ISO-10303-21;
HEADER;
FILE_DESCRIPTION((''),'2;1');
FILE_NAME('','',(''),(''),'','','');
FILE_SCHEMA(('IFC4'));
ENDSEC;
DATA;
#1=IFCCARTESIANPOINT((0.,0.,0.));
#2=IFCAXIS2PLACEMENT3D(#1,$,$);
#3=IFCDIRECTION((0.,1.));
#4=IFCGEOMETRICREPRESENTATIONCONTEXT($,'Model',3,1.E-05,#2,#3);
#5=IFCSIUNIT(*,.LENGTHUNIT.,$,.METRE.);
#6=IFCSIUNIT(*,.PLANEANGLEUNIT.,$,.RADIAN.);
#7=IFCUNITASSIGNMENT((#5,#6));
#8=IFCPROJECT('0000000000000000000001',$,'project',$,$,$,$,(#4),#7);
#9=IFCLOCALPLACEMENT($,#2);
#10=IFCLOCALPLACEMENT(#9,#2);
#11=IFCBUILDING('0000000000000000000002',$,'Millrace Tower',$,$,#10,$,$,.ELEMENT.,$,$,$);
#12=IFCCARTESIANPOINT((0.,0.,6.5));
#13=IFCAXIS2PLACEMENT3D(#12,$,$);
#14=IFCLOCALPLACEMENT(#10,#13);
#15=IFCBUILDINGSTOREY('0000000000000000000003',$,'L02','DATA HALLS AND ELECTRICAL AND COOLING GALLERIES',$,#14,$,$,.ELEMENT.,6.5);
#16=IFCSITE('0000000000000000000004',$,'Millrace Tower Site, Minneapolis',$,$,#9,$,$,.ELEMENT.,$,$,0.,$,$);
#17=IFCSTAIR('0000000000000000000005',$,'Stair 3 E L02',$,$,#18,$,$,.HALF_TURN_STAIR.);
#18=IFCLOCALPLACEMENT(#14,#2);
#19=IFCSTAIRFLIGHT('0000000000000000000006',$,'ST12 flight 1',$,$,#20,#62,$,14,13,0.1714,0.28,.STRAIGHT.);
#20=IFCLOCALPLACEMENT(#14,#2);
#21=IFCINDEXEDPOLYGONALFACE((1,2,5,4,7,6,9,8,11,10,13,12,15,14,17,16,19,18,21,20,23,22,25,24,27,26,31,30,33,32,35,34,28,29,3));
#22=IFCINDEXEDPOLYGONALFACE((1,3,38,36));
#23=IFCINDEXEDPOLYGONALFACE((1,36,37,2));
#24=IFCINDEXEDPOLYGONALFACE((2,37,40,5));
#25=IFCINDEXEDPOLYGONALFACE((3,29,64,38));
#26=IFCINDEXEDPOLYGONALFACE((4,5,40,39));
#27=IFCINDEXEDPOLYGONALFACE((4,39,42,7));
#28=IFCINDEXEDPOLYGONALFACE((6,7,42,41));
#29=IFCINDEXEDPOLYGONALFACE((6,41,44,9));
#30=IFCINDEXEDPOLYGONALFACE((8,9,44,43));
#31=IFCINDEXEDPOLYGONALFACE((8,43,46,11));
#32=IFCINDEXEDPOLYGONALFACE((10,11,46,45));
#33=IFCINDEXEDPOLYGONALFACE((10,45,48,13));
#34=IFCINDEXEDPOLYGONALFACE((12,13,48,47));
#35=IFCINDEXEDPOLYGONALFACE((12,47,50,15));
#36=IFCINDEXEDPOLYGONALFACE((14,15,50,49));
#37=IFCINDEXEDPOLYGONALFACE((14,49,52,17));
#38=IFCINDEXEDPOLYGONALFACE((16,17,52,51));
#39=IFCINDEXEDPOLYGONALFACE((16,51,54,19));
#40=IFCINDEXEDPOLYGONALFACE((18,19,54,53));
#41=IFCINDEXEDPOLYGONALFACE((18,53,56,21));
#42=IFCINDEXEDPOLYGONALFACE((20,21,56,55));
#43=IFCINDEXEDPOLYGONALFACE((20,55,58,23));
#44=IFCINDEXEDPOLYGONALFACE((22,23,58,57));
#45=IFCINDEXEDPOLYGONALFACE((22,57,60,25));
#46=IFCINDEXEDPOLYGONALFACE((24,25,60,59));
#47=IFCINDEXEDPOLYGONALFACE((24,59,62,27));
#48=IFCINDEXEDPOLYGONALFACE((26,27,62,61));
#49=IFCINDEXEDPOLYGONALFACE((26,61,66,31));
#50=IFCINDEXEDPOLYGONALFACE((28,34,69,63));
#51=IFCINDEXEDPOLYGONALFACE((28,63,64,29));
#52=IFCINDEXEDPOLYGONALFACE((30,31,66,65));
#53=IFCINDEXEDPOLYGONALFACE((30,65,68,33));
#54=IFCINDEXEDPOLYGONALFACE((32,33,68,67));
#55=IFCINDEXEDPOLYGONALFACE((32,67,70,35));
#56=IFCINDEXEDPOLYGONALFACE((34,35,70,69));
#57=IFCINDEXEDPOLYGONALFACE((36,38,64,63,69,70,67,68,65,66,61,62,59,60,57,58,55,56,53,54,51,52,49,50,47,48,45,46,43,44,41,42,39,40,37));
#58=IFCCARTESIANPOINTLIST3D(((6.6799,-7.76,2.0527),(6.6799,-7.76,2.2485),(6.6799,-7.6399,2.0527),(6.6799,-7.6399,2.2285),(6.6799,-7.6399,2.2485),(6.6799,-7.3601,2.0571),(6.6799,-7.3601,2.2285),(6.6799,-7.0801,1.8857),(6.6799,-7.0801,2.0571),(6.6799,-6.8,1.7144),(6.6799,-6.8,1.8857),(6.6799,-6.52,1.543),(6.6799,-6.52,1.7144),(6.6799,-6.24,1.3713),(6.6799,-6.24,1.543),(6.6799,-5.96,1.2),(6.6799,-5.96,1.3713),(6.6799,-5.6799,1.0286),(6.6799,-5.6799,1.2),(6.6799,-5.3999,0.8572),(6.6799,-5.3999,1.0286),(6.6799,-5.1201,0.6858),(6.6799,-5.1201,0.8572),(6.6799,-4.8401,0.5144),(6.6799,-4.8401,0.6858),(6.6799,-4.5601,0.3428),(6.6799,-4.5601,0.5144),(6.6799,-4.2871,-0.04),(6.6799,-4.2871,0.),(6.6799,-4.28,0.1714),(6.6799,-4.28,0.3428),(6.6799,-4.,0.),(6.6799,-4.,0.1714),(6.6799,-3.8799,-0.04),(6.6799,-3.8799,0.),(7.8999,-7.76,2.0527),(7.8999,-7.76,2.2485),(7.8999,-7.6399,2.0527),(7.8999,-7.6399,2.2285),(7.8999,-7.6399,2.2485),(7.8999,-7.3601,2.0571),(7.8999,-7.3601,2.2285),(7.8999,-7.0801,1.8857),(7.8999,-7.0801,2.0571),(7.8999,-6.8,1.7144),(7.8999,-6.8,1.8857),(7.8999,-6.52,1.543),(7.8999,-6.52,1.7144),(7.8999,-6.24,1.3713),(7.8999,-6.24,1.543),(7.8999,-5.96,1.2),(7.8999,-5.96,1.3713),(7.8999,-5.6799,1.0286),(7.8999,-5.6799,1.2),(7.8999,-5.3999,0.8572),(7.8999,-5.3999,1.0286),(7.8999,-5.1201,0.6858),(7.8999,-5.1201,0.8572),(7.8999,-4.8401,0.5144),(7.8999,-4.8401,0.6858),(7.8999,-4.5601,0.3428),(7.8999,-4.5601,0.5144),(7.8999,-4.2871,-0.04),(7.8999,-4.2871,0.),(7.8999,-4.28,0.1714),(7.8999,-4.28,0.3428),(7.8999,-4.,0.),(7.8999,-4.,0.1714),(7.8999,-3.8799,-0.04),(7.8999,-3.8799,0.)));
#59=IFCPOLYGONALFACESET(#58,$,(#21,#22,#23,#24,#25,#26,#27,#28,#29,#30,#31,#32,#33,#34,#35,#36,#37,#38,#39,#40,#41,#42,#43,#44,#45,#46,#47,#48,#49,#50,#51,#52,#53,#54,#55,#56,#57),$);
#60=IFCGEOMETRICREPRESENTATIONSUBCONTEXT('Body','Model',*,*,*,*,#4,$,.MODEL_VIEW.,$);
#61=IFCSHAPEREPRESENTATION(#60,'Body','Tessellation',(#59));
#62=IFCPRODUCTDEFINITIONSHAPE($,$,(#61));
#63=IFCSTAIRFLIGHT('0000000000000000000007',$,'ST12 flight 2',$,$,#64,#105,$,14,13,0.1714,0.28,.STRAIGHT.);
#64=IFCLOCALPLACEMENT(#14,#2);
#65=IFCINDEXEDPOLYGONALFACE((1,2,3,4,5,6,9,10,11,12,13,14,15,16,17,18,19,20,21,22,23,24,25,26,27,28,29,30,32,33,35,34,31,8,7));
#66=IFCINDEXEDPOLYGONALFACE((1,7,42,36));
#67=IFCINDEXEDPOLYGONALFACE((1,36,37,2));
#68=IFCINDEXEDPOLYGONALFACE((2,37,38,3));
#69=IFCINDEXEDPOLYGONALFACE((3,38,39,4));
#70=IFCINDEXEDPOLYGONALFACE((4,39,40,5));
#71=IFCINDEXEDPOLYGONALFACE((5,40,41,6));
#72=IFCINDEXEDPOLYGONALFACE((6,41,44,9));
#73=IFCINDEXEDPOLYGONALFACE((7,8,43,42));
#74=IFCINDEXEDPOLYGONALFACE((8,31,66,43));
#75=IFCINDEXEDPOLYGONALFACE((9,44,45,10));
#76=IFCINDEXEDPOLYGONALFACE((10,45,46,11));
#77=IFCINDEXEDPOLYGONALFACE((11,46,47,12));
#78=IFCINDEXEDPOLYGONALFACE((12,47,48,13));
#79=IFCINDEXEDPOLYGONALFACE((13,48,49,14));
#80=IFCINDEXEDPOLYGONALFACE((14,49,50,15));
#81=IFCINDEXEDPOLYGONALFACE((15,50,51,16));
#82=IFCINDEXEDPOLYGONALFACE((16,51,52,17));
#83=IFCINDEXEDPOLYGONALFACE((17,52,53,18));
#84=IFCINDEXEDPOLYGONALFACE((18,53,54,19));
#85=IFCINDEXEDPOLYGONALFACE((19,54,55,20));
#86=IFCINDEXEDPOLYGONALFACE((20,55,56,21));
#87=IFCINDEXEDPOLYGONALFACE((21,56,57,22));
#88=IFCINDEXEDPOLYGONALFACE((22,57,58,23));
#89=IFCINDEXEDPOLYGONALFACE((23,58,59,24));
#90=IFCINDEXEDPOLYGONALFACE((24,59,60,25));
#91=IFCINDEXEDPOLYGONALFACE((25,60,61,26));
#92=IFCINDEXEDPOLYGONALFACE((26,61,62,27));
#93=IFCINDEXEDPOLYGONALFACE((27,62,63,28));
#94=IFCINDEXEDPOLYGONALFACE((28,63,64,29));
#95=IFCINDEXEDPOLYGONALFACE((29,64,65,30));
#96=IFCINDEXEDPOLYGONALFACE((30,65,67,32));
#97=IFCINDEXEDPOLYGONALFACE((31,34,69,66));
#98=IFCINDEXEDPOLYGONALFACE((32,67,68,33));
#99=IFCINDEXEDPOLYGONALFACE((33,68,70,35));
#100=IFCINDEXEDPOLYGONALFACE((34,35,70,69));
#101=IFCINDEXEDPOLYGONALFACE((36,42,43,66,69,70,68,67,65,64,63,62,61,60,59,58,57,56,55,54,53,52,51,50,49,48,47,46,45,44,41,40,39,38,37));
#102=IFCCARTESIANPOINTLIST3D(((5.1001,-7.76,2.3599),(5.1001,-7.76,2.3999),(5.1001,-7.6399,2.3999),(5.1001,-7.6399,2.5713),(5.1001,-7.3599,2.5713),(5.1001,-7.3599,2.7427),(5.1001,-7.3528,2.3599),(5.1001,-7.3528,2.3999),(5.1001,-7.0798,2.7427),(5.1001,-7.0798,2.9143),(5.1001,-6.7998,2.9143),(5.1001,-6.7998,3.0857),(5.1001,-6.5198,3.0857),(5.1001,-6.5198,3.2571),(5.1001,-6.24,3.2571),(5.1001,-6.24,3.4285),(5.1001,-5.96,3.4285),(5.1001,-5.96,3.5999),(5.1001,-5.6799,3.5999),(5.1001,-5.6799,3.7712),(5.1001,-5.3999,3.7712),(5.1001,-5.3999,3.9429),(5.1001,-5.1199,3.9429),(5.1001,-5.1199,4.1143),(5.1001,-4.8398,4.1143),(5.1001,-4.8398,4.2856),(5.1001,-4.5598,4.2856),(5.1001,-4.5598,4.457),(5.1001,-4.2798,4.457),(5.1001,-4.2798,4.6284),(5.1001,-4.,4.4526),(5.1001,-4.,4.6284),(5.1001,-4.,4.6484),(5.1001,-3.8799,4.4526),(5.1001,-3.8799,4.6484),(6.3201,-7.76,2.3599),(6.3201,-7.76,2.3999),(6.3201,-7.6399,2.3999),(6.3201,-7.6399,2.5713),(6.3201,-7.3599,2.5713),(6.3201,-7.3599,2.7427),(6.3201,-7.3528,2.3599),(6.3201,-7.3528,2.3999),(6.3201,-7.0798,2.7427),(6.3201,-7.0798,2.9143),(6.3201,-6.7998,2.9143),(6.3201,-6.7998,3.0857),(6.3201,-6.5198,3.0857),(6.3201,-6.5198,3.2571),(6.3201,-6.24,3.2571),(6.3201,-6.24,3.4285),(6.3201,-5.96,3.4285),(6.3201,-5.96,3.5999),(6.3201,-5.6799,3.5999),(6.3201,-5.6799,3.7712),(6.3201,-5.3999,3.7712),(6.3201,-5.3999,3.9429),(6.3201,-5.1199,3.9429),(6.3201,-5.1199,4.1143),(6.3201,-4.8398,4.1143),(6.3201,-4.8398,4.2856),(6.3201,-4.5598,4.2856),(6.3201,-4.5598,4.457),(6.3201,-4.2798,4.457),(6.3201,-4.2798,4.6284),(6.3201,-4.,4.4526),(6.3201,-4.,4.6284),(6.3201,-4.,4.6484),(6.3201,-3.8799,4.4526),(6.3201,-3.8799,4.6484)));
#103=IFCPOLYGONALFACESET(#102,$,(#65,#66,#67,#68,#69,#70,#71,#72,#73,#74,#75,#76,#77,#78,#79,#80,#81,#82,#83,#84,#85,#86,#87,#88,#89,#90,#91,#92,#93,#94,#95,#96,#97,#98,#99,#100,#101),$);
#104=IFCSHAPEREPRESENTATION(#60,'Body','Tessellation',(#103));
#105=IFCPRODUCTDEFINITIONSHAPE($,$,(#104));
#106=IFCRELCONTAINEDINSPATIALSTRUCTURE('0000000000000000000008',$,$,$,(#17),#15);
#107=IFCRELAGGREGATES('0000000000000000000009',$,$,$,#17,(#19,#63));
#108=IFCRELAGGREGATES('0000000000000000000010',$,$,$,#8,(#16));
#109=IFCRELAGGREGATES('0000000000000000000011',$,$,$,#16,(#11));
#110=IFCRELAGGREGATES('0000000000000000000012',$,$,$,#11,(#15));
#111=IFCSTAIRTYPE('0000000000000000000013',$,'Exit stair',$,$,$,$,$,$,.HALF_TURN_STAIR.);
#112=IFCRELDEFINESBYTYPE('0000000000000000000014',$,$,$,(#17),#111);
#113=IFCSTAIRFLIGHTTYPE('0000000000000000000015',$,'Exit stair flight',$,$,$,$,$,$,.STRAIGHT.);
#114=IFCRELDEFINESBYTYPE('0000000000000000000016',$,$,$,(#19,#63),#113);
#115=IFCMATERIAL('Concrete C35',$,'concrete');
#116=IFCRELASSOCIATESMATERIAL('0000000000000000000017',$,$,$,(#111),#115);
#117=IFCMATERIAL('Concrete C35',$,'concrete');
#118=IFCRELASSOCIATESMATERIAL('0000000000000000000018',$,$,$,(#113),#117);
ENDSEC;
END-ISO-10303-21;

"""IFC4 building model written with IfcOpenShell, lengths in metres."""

from ifc_helpers import new_model, si_unit, direction, frame, origin, place, context, subcontext, project, spatial, polyline, outline, extrude, material, type_object, element, aggregate, save


model = new_model("IFC4")

# Units and contexts
model_context = context("Model", 3, precision=1e-05, world=origin(), true_north=direction((0.0, 1.0)))
body_context = subcontext(model_context, "Body", "Model", "MODEL_VIEW")
ifc_project = project(units=[si_unit("LENGTHUNIT", "METRE"), si_unit("PLANEANGLEUNIT", "RADIAN")], contexts=[model_context])

# Site, building, storey
site_placement = place(None, origin())
site = spatial("IfcSite", under=ifc_project, at=site_placement, Name="Millrace Tower Site, Minneapolis", CompositionType="ELEMENT", RefElevation=0.0)
building_placement = place(site_placement, origin())
building = spatial("IfcBuilding", under=site, at=building_placement, Name="Millrace Tower", CompositionType="ELEMENT")
storey_placement = place(building_placement, frame((0.0, 0.0, 6.5)))
storey = spatial("IfcBuildingStorey", under=building, at=storey_placement, Name="L02", Description="DATA HALLS AND ELECTRICAL AND COOLING GALLERIES", CompositionType="ELEMENT", Elevation=6.5)

# Stair, stair flights
ifc_material_1 = material(Name="Concrete C35", Category="concrete")
stair_type = type_object("IfcStairType", Name="Exit stair", PredefinedType="HALF_TURN_STAIR", material=ifc_material_1)
placement = place(storey_placement, origin())
ifc_material_2 = material(Name="Concrete C35", Category="concrete")
stair_flight_type = type_object("IfcStairFlightType", Name="Exit stair flight", PredefinedType="STRAIGHT", material=ifc_material_2)
stair_1 = element("IfcStair", 1, at=placement, inside=storey, type_object=stair_type, Name="Stair 3 E L02", PredefinedType="HALF_TURN_STAIR")
stair_flight_1_placement = place(storey_placement, frame((7.29, -4.0, 0.0), z_axis=(0.0, 0.0, 1.0), x_axis=(0.0, -1.0, 0.0)))
stair_flight_1 = element("IfcStairFlight", 2, at=stair_flight_1_placement, type_object=stair_flight_type, Name="ST12 flight 1", NumberOfRisers=14, NumberOfTreads=13, PredefinedType="STRAIGHT", RiserHeight=0.1714, TreadLength=0.28, context=body_context, shape_type="SweptSolid", body=[
    extrude(outline(polyline([(-0.1201, -0.04), (-0.1201, 0.0), (0.0, 0.0), (0.0, 0.1714), (0.28, 0.1714), (0.28, 0.3428), (0.5601, 0.3428), (0.5601, 0.5144), (0.8401, 0.5144), (0.8401, 0.6858), (1.1201, 0.6858), (1.1201, 0.8572), (1.3999, 0.8572), (1.3999, 1.0286), (1.6799, 1.0286), (1.6799, 1.2), (1.96, 1.2), (1.96, 1.3713), (2.24, 1.3713), (2.24, 1.543), (2.52, 1.543), (2.52, 1.7144), (2.8, 1.7144), (2.8, 1.8857), (3.0801, 1.8857), (3.0801, 2.0571), (3.3601, 2.0571), (3.3601, 2.2285), (3.6399, 2.2285), (3.6399, 2.2485), (3.76, 2.2485), (3.76, 2.0527), (3.6399, 2.0527), (0.2871, 0.0), (0.2871, -0.04), (-0.1201, -0.04)])), frame((0.0, 0.6099, 0.0), z_axis=(0.0, -1.0, 0.0), x_axis=(1.0, 0.0, 0.0)), (0.0, 0.0, 1.0), 1.22),
])
stair_flight_2_placement = place(storey_placement, frame((5.71, -7.6399, 2.3999), z_axis=(0.0, 0.0, 1.0), x_axis=(0.0, 1.0, 0.0)))
stair_flight_2 = element("IfcStairFlight", 3, at=stair_flight_2_placement, type_object=stair_flight_type, Name="ST12 flight 2", NumberOfRisers=14, NumberOfTreads=13, PredefinedType="STRAIGHT", RiserHeight=0.1714, TreadLength=0.28, context=body_context, shape_type="SweptSolid", body=[
    extrude(outline(polyline([(-0.1201, -0.04), (-0.1201, 0.0), (0.0, 0.0), (0.0, 0.1714), (0.28, 0.1714), (0.28, 0.3428), (0.5601, 0.3428), (0.5601, 0.5144), (0.8401, 0.5144), (0.8401, 0.6858), (1.1201, 0.6858), (1.1201, 0.8572), (1.3999, 0.8572), (1.3999, 1.0286), (1.6799, 1.0286), (1.6799, 1.2), (1.96, 1.2), (1.96, 1.3713), (2.24, 1.3713), (2.24, 1.543), (2.52, 1.543), (2.52, 1.7144), (2.8, 1.7144), (2.8, 1.8857), (3.0801, 1.8857), (3.0801, 2.0571), (3.3601, 2.0571), (3.3601, 2.2285), (3.6399, 2.2285), (3.6399, 2.2485), (3.76, 2.2485), (3.76, 2.0527), (3.6399, 2.0527), (0.2871, 0.0), (0.2871, -0.04), (-0.1201, -0.04)])), frame((0.0, 0.6099, 0.0), z_axis=(0.0, -1.0, 0.0), x_axis=(1.0, 0.0, 0.0)), (0.0, 0.0, 1.0), 1.22),
])
aggregate(stair_1, [stair_flight_1, stair_flight_2])

save(model, "model.ifc")
